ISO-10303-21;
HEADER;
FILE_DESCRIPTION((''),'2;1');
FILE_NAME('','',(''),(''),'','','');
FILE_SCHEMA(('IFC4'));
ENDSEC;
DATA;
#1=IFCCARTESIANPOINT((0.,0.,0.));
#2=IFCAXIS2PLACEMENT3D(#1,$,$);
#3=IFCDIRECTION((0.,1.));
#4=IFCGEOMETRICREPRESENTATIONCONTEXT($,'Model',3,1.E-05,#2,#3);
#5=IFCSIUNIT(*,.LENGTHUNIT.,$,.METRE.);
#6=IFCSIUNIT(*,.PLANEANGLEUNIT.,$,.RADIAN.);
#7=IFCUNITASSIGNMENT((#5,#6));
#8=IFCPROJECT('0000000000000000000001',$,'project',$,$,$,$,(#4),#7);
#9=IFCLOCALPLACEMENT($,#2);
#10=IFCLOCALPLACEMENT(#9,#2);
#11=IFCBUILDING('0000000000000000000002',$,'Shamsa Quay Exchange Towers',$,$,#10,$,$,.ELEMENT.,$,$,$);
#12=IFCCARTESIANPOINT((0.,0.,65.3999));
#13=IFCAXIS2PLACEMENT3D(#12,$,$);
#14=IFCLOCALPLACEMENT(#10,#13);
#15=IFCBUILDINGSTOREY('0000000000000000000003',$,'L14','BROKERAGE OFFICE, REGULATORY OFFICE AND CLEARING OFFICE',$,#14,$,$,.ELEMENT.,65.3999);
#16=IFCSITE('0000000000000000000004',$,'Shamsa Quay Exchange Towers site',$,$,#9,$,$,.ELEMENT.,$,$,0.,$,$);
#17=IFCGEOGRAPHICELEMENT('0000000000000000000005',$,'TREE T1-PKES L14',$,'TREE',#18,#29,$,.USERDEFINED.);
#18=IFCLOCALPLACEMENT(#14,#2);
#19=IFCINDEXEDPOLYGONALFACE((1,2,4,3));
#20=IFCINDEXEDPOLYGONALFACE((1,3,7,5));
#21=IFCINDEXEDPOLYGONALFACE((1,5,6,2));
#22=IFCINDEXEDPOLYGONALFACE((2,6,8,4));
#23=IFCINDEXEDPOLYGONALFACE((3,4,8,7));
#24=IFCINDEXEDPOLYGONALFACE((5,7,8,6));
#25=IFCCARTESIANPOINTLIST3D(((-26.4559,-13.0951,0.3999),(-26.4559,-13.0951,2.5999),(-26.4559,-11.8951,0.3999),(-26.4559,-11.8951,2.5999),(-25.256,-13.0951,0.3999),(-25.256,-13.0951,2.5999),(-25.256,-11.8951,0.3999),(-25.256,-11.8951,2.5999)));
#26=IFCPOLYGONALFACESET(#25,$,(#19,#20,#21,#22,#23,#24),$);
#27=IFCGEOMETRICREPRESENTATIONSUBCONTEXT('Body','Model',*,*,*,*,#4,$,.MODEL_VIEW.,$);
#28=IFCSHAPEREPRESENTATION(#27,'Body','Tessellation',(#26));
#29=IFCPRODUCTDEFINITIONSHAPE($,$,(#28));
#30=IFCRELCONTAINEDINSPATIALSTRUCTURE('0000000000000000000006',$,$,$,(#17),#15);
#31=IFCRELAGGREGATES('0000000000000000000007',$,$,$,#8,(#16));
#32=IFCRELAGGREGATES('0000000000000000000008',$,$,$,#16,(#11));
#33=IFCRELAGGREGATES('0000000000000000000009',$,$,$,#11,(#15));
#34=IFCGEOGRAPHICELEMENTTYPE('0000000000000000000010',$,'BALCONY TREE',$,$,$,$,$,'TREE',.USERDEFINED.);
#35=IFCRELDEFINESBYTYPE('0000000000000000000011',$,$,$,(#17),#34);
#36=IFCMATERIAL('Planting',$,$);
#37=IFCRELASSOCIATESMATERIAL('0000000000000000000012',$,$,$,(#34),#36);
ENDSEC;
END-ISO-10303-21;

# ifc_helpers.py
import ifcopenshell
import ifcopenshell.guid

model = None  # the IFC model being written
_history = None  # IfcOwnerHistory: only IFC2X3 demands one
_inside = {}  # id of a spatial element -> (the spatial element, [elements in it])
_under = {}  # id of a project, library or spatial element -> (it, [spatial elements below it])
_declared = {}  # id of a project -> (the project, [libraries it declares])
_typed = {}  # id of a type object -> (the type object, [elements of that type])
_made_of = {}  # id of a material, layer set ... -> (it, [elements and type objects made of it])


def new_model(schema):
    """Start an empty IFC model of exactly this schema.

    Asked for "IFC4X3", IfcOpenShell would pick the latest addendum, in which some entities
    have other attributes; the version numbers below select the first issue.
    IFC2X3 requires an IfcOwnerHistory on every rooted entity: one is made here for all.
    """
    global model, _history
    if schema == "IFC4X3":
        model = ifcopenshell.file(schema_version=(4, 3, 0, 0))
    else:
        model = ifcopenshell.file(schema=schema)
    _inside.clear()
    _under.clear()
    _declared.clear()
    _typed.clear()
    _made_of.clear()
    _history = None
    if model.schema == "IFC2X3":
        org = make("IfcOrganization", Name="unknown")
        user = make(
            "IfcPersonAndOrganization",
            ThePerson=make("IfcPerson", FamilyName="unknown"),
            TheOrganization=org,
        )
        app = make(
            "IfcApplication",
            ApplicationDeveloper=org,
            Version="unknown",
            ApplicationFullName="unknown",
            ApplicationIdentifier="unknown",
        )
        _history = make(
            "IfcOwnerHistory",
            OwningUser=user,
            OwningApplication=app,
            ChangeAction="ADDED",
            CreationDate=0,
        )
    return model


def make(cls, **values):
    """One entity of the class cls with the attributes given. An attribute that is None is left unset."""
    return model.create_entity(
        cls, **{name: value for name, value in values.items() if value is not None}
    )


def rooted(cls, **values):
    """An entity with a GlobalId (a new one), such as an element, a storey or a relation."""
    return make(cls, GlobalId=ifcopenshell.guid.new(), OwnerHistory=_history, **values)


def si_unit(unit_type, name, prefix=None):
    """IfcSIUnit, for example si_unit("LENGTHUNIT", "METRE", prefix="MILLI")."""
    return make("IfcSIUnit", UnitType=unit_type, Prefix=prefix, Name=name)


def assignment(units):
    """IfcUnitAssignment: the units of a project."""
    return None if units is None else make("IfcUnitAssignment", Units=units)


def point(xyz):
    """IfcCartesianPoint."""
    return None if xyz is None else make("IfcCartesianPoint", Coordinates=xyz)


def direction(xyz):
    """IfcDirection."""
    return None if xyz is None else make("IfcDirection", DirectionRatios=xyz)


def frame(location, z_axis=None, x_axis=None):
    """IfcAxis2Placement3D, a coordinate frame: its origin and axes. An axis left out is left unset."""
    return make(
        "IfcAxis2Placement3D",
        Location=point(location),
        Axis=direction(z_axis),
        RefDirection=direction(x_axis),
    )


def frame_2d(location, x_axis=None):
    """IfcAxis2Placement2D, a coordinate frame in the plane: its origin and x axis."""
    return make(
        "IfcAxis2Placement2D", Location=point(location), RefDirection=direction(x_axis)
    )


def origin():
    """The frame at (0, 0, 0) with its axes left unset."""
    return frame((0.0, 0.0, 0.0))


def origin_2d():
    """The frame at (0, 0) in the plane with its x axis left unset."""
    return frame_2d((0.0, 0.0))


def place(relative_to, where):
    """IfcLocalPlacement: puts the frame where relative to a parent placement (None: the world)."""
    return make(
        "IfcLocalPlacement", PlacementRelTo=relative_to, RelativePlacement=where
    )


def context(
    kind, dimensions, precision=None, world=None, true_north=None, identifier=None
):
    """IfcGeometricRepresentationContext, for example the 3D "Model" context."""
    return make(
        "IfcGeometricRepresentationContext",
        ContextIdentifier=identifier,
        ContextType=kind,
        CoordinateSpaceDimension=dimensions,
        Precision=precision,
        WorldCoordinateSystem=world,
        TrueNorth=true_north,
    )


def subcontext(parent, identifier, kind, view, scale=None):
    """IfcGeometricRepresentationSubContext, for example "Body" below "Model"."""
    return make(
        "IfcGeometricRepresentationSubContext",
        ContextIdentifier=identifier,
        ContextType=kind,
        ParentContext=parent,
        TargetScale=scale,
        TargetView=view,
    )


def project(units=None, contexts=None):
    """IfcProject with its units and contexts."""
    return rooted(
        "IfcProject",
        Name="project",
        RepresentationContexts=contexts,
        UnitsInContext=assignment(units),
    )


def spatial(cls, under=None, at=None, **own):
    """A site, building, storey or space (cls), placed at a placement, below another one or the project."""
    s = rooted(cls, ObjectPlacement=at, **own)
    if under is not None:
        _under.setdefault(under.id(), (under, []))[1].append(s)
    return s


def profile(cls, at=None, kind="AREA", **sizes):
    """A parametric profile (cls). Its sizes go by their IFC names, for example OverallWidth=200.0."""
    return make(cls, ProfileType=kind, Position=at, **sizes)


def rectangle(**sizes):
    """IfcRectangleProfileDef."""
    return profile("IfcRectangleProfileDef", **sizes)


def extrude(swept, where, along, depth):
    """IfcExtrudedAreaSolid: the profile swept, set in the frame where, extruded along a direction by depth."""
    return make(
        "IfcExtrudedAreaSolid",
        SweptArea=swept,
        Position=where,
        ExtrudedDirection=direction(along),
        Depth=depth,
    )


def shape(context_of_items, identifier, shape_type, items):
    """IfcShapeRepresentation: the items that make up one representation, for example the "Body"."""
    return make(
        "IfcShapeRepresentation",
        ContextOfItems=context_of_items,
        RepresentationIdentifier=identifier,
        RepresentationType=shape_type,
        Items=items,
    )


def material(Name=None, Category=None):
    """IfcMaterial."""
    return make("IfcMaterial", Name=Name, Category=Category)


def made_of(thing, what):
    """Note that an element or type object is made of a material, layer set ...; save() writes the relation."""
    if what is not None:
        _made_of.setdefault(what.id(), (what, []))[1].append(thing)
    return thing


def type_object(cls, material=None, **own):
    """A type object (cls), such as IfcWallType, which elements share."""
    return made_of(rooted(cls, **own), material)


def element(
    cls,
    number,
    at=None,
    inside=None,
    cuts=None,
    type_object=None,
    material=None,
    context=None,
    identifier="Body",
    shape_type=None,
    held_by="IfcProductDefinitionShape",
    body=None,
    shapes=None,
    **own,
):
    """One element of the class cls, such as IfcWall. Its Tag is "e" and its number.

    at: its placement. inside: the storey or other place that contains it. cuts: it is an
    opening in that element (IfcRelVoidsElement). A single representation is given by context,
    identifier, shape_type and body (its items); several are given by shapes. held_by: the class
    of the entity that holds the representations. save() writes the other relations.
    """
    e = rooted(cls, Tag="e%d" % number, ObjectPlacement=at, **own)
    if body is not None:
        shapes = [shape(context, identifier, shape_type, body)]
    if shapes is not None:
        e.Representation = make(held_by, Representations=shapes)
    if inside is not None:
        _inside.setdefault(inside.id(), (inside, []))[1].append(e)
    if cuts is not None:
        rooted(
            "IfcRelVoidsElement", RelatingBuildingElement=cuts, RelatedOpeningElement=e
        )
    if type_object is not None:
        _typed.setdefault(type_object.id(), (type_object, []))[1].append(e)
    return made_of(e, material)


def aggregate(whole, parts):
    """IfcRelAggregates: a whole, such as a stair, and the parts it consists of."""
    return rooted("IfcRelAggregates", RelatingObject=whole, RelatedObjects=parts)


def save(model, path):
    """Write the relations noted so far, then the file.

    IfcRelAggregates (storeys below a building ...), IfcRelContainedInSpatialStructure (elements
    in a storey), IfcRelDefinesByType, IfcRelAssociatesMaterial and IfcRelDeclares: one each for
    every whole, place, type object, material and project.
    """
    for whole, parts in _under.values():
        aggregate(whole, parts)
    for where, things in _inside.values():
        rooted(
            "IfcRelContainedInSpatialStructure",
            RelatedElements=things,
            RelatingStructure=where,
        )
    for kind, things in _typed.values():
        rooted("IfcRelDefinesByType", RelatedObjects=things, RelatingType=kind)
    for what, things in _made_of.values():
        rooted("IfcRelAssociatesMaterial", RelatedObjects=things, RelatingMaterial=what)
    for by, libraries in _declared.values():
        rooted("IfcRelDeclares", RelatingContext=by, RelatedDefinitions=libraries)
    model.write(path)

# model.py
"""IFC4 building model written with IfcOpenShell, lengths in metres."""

from ifc_helpers import new_model, si_unit, direction, frame, origin, origin_2d, place, context, subcontext, project, spatial, rectangle, extrude, material, type_object, element, save


model = new_model("IFC4")

# Units and contexts
model_context = context("Model", 3, precision=1e-05, world=origin(), true_north=direction((0.0, 1.0)))
body_context = subcontext(model_context, "Body", "Model", "MODEL_VIEW")
ifc_project = project(units=[si_unit("LENGTHUNIT", "METRE"), si_unit("PLANEANGLEUNIT", "RADIAN")], contexts=[model_context])

# Site, building, storey
site_placement = place(None, origin())
site = spatial("IfcSite", under=ifc_project, at=site_placement, Name="Shamsa Quay Exchange Towers site", CompositionType="ELEMENT", RefElevation=0.0)
building_placement = place(site_placement, origin())
building = spatial("IfcBuilding", under=site, at=building_placement, Name="Shamsa Quay Exchange Towers", CompositionType="ELEMENT")
storey_placement = place(building_placement, frame((0.0, 0.0, 65.3999)))
storey = spatial("IfcBuildingStorey", under=building, at=storey_placement, Name="L14", Description="BROKERAGE OFFICE, REGULATORY OFFICE AND CLEARING OFFICE", CompositionType="ELEMENT", Elevation=65.3999)

# Geographic element
ifc_material_1 = material(Name="Planting")
geographic_element_type = type_object("IfcGeographicElementType", Name="BALCONY TREE", ElementType="TREE", PredefinedType="USERDEFINED", material=ifc_material_1)
geographic_element_placement = place(storey_placement, frame((-25.856, -12.4951, 0.3999)))
element("IfcGeographicElement", 1, at=geographic_element_placement, inside=storey, type_object=geographic_element_type, Name="TREE T1-PKES L14", ObjectType="TREE", PredefinedType="USERDEFINED", context=body_context, shape_type="SweptSolid", body=[
    extrude(rectangle(XDim=1.2, YDim=1.2, at=origin_2d()), origin(), (0.0, 0.0, 1.0), 2.2),
])

save(model, "model.ifc")
